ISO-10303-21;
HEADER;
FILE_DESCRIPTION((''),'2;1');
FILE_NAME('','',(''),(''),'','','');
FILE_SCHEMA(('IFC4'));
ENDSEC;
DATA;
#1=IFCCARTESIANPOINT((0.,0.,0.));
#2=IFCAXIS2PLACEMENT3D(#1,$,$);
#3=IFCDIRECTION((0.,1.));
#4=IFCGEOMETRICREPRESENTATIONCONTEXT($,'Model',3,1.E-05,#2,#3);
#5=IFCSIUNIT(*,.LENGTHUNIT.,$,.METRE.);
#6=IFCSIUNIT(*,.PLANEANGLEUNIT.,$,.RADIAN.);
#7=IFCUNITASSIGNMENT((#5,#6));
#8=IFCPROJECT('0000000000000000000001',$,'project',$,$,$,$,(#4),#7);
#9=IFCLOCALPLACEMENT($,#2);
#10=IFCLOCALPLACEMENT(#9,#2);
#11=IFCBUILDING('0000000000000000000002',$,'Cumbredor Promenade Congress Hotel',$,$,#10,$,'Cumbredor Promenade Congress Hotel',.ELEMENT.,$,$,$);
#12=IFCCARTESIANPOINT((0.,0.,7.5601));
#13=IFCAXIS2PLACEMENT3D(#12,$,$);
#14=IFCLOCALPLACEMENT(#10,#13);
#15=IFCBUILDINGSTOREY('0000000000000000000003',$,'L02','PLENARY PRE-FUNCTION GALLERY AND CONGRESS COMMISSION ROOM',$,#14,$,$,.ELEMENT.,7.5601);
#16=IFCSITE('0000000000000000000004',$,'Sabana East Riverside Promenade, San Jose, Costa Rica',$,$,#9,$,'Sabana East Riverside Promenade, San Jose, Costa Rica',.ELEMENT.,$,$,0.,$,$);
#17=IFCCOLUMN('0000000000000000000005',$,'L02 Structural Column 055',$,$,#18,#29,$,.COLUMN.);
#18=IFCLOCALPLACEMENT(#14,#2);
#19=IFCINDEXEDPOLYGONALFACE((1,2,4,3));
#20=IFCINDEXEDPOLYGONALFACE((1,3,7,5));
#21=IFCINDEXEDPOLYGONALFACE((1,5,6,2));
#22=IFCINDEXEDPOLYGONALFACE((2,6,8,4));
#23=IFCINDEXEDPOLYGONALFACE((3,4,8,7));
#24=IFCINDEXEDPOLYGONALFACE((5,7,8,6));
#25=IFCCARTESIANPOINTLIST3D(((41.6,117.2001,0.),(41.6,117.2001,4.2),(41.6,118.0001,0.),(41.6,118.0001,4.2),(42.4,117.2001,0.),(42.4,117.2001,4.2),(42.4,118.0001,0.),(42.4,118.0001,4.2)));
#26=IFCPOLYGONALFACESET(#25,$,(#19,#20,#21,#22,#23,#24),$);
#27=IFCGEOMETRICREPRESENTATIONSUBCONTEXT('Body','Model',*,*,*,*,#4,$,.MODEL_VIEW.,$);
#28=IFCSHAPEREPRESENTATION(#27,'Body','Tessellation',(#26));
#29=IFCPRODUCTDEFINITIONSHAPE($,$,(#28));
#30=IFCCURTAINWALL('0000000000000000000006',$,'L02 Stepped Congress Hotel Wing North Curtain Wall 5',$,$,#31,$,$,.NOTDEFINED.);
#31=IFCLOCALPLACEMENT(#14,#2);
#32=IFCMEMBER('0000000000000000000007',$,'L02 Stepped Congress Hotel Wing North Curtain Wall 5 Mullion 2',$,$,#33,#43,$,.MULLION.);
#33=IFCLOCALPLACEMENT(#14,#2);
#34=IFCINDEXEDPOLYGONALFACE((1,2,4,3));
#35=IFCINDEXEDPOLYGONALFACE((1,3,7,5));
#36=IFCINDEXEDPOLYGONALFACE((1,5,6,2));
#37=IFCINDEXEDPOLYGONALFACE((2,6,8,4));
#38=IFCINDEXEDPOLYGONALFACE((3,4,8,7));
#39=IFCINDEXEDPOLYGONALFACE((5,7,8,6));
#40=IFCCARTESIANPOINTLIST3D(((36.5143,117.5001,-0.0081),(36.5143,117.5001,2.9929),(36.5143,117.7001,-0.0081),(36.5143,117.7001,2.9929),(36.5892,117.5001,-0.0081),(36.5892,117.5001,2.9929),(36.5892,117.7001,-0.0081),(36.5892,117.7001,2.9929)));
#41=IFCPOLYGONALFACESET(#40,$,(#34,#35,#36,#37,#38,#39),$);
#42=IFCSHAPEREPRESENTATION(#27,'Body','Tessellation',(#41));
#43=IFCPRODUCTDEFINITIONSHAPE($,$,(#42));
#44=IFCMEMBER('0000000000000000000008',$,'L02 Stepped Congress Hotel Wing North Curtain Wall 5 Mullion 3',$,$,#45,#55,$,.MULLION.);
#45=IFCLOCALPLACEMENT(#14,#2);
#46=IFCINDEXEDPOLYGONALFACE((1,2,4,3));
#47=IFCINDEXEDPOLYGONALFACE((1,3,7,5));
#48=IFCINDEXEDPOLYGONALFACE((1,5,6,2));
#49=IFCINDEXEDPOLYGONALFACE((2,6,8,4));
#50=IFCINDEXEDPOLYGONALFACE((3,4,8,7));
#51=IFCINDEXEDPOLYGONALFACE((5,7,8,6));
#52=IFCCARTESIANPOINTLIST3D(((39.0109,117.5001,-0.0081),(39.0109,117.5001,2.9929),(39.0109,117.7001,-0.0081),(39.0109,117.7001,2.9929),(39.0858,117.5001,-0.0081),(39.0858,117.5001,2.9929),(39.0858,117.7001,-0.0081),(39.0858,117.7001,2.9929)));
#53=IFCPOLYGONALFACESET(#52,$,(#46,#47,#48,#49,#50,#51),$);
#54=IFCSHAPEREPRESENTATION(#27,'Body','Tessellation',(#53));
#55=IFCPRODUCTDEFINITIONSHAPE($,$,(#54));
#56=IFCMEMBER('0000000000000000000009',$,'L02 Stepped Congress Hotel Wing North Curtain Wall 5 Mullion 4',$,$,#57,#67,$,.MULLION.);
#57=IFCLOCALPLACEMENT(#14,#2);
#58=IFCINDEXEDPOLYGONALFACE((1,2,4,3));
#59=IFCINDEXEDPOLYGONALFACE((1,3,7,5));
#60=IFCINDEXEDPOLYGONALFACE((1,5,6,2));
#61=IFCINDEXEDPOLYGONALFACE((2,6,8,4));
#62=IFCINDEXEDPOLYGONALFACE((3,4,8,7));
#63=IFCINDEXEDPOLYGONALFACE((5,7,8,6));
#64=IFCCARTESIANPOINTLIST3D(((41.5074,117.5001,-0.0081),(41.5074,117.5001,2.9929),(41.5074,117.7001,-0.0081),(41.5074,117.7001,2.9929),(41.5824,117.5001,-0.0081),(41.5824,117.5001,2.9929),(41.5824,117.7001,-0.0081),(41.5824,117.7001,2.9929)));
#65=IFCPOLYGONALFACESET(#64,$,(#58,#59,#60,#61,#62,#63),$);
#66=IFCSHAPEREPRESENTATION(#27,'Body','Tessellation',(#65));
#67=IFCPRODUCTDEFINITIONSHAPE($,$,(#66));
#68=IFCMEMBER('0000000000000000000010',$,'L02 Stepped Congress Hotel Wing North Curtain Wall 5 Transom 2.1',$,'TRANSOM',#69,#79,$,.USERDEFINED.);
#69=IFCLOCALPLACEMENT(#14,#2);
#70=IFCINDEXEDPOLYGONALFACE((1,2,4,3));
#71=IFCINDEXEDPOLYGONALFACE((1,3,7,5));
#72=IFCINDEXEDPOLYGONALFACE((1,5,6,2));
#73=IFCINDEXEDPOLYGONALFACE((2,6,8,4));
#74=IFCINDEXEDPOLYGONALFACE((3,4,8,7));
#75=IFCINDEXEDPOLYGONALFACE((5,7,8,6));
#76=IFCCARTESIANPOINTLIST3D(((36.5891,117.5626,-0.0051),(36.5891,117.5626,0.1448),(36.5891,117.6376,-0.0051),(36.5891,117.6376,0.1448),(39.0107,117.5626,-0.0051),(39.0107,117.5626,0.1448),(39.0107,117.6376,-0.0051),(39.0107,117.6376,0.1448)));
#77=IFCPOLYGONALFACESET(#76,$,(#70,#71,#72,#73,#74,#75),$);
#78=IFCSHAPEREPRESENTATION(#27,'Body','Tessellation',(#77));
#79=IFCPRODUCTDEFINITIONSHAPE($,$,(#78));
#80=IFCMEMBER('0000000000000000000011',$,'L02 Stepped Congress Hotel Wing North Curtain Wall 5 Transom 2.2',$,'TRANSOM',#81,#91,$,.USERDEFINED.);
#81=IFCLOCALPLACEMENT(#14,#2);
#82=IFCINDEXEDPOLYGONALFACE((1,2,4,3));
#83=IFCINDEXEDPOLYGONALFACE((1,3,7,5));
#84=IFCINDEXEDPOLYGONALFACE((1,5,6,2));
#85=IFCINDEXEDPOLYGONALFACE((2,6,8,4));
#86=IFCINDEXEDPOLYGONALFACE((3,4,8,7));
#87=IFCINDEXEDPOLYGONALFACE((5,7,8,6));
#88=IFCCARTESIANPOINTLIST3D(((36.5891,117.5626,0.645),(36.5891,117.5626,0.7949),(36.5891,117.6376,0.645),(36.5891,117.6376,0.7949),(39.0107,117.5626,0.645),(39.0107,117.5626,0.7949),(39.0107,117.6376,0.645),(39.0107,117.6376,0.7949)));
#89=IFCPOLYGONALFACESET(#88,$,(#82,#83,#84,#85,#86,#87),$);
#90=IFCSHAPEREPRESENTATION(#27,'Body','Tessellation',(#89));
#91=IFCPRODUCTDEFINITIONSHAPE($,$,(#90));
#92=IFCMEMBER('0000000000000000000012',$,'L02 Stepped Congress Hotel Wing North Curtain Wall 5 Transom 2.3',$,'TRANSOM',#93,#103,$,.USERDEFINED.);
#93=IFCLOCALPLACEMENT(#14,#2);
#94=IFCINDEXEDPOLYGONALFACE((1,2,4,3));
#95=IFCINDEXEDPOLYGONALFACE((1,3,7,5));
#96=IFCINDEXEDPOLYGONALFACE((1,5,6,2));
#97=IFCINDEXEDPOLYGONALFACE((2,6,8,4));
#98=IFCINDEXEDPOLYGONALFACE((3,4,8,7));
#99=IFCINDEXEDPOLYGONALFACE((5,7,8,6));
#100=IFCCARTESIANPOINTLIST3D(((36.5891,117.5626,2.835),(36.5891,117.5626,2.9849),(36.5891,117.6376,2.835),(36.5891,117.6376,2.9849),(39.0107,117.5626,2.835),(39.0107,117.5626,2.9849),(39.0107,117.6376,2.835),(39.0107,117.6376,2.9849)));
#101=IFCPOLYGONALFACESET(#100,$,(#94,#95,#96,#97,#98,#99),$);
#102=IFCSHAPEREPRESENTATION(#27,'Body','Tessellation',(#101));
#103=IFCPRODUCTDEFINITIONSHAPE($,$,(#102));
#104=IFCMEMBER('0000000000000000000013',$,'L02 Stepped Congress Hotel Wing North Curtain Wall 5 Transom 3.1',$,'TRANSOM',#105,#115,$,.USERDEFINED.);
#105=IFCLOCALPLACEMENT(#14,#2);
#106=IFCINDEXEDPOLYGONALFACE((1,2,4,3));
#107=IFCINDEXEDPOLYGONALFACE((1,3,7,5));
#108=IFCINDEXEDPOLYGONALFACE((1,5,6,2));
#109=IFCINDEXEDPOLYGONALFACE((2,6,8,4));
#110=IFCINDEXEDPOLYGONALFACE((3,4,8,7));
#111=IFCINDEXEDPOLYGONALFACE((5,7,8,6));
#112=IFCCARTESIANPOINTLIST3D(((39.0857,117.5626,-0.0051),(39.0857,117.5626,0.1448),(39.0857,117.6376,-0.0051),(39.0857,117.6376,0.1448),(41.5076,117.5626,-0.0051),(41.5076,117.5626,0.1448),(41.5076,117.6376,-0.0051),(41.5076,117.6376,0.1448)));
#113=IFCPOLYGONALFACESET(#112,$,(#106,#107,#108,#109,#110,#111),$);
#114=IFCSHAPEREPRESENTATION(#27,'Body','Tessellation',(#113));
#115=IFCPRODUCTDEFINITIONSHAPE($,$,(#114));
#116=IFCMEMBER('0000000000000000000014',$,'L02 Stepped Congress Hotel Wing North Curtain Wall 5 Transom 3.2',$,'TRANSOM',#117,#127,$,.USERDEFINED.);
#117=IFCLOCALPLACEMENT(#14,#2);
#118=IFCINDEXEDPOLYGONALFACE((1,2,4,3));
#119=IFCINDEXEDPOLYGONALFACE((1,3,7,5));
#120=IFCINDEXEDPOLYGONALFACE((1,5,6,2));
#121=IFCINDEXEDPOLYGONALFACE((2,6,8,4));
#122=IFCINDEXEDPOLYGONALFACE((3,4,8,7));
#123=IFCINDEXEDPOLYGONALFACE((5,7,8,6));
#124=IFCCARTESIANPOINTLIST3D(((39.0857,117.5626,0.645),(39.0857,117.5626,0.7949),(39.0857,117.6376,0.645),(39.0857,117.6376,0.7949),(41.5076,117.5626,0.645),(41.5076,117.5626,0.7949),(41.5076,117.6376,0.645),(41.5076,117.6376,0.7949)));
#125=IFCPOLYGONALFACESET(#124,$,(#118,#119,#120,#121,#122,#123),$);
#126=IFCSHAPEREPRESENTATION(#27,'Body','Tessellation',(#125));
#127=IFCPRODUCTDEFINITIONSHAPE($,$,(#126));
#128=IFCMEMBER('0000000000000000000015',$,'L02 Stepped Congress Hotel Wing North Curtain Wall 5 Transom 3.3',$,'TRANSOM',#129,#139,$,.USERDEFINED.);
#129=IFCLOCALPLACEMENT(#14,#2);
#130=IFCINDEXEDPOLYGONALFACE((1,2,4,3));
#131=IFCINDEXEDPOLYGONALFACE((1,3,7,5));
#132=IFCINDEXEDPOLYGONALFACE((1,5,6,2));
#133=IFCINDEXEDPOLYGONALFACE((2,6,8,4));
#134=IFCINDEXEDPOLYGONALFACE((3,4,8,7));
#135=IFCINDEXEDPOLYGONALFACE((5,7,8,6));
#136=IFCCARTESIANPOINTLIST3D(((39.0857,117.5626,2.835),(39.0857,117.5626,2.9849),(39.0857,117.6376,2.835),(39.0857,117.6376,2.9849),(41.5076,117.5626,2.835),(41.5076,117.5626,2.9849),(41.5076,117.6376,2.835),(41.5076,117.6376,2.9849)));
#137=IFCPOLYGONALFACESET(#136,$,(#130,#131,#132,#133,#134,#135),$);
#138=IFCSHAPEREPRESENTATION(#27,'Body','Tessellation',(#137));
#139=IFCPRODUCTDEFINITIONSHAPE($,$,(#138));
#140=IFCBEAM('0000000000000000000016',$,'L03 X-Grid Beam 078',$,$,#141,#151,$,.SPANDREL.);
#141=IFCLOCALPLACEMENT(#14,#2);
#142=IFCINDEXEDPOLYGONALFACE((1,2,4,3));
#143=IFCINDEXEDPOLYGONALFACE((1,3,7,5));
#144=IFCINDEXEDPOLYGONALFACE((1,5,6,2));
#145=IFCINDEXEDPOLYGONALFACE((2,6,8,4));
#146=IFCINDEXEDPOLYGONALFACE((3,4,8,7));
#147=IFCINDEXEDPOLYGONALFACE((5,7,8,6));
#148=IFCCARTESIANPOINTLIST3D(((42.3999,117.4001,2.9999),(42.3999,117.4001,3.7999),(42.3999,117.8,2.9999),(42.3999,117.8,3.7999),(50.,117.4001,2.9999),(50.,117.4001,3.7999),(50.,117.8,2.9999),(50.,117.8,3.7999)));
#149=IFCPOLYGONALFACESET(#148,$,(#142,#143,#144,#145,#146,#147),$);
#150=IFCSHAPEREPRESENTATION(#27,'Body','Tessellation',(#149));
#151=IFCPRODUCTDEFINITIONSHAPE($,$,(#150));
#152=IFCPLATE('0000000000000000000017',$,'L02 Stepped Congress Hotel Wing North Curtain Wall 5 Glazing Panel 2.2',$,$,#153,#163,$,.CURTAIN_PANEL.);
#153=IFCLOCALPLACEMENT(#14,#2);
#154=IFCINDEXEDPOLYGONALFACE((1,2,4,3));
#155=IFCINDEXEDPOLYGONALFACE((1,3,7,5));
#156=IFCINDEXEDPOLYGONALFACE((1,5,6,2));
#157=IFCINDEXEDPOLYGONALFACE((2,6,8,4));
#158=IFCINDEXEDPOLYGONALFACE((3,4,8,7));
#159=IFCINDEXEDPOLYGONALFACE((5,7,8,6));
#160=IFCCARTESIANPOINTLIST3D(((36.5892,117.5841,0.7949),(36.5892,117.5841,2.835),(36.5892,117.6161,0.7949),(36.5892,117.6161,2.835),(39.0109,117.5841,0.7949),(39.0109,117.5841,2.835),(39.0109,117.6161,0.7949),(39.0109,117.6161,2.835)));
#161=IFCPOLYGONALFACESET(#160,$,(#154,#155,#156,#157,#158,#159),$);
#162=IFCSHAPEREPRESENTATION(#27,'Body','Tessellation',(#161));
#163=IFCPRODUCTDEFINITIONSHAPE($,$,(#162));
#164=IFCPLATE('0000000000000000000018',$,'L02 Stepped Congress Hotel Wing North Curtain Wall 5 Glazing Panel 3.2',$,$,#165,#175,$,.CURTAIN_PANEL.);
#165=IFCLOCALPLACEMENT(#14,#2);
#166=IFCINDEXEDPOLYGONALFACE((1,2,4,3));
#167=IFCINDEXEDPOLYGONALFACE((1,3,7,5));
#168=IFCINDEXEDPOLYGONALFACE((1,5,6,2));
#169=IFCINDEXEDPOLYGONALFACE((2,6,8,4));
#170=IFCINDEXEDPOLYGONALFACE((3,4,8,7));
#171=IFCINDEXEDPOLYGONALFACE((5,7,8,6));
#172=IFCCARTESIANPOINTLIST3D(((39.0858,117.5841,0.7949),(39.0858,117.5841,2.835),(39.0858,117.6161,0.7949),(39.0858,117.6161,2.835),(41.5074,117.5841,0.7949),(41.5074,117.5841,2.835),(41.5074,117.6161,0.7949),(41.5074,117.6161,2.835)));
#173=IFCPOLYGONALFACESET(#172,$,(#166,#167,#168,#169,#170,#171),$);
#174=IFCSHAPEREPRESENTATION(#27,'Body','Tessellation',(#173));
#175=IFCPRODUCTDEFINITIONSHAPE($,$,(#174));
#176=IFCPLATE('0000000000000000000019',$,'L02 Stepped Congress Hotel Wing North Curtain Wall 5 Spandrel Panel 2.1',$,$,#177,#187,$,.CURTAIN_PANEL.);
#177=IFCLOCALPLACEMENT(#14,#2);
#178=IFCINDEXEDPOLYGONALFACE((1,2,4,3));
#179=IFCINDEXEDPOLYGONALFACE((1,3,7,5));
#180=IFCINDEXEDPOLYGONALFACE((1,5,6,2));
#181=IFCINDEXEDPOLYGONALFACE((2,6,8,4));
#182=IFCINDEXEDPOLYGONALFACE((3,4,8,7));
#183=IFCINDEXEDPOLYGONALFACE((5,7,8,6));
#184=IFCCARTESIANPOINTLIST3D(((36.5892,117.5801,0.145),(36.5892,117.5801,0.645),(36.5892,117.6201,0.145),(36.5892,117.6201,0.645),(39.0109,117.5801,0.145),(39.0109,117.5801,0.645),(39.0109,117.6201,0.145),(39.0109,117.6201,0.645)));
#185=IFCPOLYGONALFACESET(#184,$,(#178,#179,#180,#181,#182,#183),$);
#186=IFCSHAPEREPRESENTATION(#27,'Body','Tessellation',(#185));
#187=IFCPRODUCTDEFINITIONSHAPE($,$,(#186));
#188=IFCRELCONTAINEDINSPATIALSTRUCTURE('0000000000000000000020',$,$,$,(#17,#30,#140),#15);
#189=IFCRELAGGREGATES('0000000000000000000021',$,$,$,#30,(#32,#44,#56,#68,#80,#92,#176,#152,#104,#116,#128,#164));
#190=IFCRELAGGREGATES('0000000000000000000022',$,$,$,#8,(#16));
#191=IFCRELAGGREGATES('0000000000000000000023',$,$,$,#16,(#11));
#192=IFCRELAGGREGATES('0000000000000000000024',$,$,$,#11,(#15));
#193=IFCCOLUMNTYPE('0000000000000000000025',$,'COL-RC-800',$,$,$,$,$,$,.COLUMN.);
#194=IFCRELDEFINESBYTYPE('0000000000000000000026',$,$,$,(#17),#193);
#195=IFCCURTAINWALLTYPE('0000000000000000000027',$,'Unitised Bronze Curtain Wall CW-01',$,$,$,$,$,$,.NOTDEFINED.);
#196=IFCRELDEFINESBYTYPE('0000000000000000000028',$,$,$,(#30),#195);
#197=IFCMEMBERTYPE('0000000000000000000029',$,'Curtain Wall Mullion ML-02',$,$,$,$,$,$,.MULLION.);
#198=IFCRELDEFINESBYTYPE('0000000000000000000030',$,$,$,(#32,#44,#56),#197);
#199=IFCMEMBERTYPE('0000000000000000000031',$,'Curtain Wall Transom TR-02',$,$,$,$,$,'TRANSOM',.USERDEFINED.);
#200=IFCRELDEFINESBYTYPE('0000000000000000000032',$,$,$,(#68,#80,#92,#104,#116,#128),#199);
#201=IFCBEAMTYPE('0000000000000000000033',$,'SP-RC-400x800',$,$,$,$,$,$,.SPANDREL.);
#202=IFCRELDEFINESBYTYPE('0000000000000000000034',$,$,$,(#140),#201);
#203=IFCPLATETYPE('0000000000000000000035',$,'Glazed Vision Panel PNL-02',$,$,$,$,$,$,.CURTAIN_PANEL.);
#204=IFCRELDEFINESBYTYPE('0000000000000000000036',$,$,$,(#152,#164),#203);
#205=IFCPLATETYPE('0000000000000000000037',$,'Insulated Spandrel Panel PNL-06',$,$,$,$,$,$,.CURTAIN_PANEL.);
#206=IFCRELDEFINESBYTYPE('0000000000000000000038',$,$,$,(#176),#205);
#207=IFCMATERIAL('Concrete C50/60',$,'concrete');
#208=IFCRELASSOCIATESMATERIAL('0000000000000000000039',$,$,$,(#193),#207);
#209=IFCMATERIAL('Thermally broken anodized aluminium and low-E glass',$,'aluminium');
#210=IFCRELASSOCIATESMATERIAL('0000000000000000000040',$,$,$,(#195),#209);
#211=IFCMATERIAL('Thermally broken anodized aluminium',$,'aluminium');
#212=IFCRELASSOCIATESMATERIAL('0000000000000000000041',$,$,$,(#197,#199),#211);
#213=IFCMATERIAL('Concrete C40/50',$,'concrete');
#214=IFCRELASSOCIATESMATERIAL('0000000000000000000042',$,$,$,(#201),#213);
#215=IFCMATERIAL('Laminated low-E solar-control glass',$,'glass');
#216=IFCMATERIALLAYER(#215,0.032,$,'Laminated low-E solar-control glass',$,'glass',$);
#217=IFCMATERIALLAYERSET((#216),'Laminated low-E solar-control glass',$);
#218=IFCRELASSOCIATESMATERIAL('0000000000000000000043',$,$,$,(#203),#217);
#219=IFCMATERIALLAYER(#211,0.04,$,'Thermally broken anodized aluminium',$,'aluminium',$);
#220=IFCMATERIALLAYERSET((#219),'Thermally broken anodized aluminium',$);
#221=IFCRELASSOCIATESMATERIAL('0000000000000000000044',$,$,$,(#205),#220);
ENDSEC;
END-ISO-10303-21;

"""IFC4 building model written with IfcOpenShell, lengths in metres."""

from ifc_helpers import new_model, si_unit, direction, frame, origin, origin_2d, place, context, subcontext, project, spatial, rectangle, extrude, material, layer, layer_set, material_profile, profile_set, type_object, element, aggregate, save


model = new_model("IFC4")

# Units and contexts
model_context = context("Model", 3, precision=1e-05, world=origin(), true_north=direction((0.0, 1.0)))
body_context = subcontext(model_context, "Body", "Model", "MODEL_VIEW")
ifc_project = project(units=[si_unit("LENGTHUNIT", "METRE"), si_unit("PLANEANGLEUNIT", "RADIAN")], contexts=[model_context])

# Site, building, storey
site_placement = place(None, origin())
site = spatial("IfcSite", under=ifc_project, at=site_placement, Name="Sabana East Riverside Promenade, San Jose, Costa Rica", LongName="Sabana East Riverside Promenade, San Jose, Costa Rica", CompositionType="ELEMENT", RefElevation=0.0)
building_placement = place(site_placement, origin())
building = spatial("IfcBuilding", under=site, at=building_placement, Name="Cumbredor Promenade Congress Hotel", LongName="Cumbredor Promenade Congress Hotel", CompositionType="ELEMENT")
storey_placement = place(building_placement, frame((0.0, 0.0, 7.5601)))
storey = spatial("IfcBuildingStorey", under=building, at=storey_placement, Name="L02", Description="PLENARY PRE-FUNCTION GALLERY AND CONGRESS COMMISSION ROOM", CompositionType="ELEMENT", Elevation=7.5601)

# Column
ifc_material_1 = material(Name="Concrete C50/60", Category="concrete")
ifc_material_profile_1 = material_profile(ifc_material_1, rectangle(XDim=0.8, YDim=0.8, at=origin_2d()), Name="RC 800x800")
ifc_profile_set_1 = profile_set([ifc_material_profile_1], Name="Concrete C50/60")
column_type = type_object("IfcColumnType", Name="COL-RC-800", PredefinedType="COLUMN", material=ifc_profile_set_1)
column_placement = place(storey_placement, frame((42.0, 117.6001, 0.0), z_axis=(0.0, 0.0, 1.0), x_axis=(1.0, 0.0, 0.0)))
element("IfcColumn", 1, at=column_placement, inside=storey, type_object=column_type, Name="L02 Structural Column 055", PredefinedType="COLUMN", context=body_context, shape_type="SweptSolid", body=[
    extrude(rectangle(XDim=0.8, YDim=0.8, at=origin_2d()), origin(), (0.0, 0.0, 1.0), 4.2),
])

# Curtain wall, members
ifc_material_2 = material(Name="Thermally broken anodized aluminium and low-E glass", Category="aluminium")
curtain_wall_type = type_object("IfcCurtainWallType", Name="Unitised Bronze Curtain Wall CW-01", PredefinedType="NOTDEFINED", material=ifc_material_2)
curtain_wall_placement = place(storey_placement, origin())
curtain_wall = element("IfcCurtainWall", 2, at=curtain_wall_placement, inside=storey, type_object=curtain_wall_type, Name="L02 Stepped Congress Hotel Wing North Curtain Wall 5", PredefinedType="NOTDEFINED")
ifc_material_3 = material(Name="Thermally broken anodized aluminium", Category="aluminium")
ifc_material_profile_2 = material_profile(ifc_material_3, rectangle(XDim=0.075, YDim=0.2, at=origin_2d()), Name="ALU MULLION 75x200")
ifc_profile_set_2 = profile_set([ifc_material_profile_2], Name="Thermally broken anodized aluminium")
member_type_1 = type_object("IfcMemberType", Name="Curtain Wall Mullion ML-02", PredefinedType="MULLION", material=ifc_profile_set_2)
member_1_placement = place(storey_placement, frame((36.5518, 117.6001, -0.0081), z_axis=(0.0, 0.0, 1.0), x_axis=(1.0, 0.0, 0.0)))
member_1 = element("IfcMember", 3, at=member_1_placement, type_object=member_type_1, Name="L02 Stepped Congress Hotel Wing North Curtain Wall 5 Mullion 2", PredefinedType="MULLION", context=body_context, shape_type="SweptSolid", body=[
    extrude(rectangle(XDim=0.075, YDim=0.2, at=origin_2d()), origin(), (0.0, 0.0, 1.0), 3.001),
])
member_2_placement = place(storey_placement, frame((39.0483, 117.6001, -0.0081), z_axis=(0.0, 0.0, 1.0), x_axis=(1.0, 0.0, 0.0)))
member_2 = element("IfcMember", 4, at=member_2_placement, type_object=member_type_1, Name="L02 Stepped Congress Hotel Wing North Curtain Wall 5 Mullion 3", PredefinedType="MULLION", context=body_context, shape_type="SweptSolid", body=[
    extrude(rectangle(XDim=0.075, YDim=0.2, at=origin_2d()), origin(), (0.0, 0.0, 1.0), 3.001),
])
member_3_placement = place(storey_placement, frame((41.5449, 117.6001, -0.0081), z_axis=(0.0, 0.0, 1.0), x_axis=(1.0, 0.0, 0.0)))
member_3 = element("IfcMember", 5, at=member_3_placement, type_object=member_type_1, Name="L02 Stepped Congress Hotel Wing North Curtain Wall 5 Mullion 4", PredefinedType="MULLION", context=body_context, shape_type="SweptSolid", body=[
    extrude(rectangle(XDim=0.075, YDim=0.2, at=origin_2d()), origin(), (0.0, 0.0, 1.0), 3.001),
])
ifc_material_profile_3 = material_profile(ifc_material_3, rectangle(XDim=0.075, YDim=0.1499, at=origin_2d()), Name="ALU TRANSOM 75x150")
ifc_profile_set_3 = profile_set([ifc_material_profile_3], Name="Thermally broken anodized aluminium")
member_type_2 = type_object("IfcMemberType", Name="Curtain Wall Transom TR-02", ElementType="TRANSOM", PredefinedType="USERDEFINED", material=ifc_profile_set_3)
member_4_placement = place(storey_placement, frame((36.5891, 117.6001, 0.0698), z_axis=(1.0, 0.0, 0.0), x_axis=(0.0, 1.0, 0.0)))
member_4 = element("IfcMember", 6, at=member_4_placement, type_object=member_type_2, Name="L02 Stepped Congress Hotel Wing North Curtain Wall 5 Transom 2.1", ObjectType="TRANSOM", PredefinedType="USERDEFINED", context=body_context, shape_type="SweptSolid", body=[
    extrude(rectangle(XDim=0.075, YDim=0.1499, at=origin_2d()), origin(), (0.0, 0.0, 1.0), 2.4216),
])
member_5_placement = place(storey_placement, frame((36.5891, 117.6001, 0.72), z_axis=(1.0, 0.0, 0.0), x_axis=(0.0, 1.0, 0.0)))
member_5 = element("IfcMember", 7, at=member_5_placement, type_object=member_type_2, Name="L02 Stepped Congress Hotel Wing North Curtain Wall 5 Transom 2.2", ObjectType="TRANSOM", PredefinedType="USERDEFINED", context=body_context, shape_type="SweptSolid", body=[
    extrude(rectangle(XDim=0.075, YDim=0.1499, at=origin_2d()), origin(), (0.0, 0.0, 1.0), 2.4216),
])
member_6_placement = place(storey_placement, frame((36.5891, 117.6001, 2.9099), z_axis=(1.0, 0.0, 0.0), x_axis=(0.0, 1.0, 0.0)))
member_6 = element("IfcMember", 8, at=member_6_placement, type_object=member_type_2, Name="L02 Stepped Congress Hotel Wing North Curtain Wall 5 Transom 2.3", ObjectType="TRANSOM", PredefinedType="USERDEFINED", context=body_context, shape_type="SweptSolid", body=[
    extrude(rectangle(XDim=0.075, YDim=0.1499, at=origin_2d()), origin(), (0.0, 0.0, 1.0), 2.4216),
])
member_7_placement = place(storey_placement, frame((39.0857, 117.6001, 0.0698), z_axis=(1.0, 0.0, 0.0), x_axis=(0.0, 1.0, 0.0)))
member_7 = element("IfcMember", 9, at=member_7_placement, type_object=member_type_2, Name="L02 Stepped Congress Hotel Wing North Curtain Wall 5 Transom 3.1", ObjectType="TRANSOM", PredefinedType="USERDEFINED", context=body_context, shape_type="SweptSolid", body=[
    extrude(rectangle(XDim=0.075, YDim=0.1499, at=origin_2d()), origin(), (0.0, 0.0, 1.0), 2.4219),
])
member_8_placement = place(storey_placement, frame((39.0857, 117.6001, 0.72), z_axis=(1.0, 0.0, 0.0), x_axis=(0.0, 1.0, 0.0)))
member_8 = element("IfcMember", 10, at=member_8_placement, type_object=member_type_2, Name="L02 Stepped Congress Hotel Wing North Curtain Wall 5 Transom 3.2", ObjectType="TRANSOM", PredefinedType="USERDEFINED", context=body_context, shape_type="SweptSolid", body=[
    extrude(rectangle(XDim=0.075, YDim=0.1499, at=origin_2d()), origin(), (0.0, 0.0, 1.0), 2.4219),
])
member_9_placement = place(storey_placement, frame((39.0857, 117.6001, 2.9099), z_axis=(1.0, 0.0, 0.0), x_axis=(0.0, 1.0, 0.0)))
member_9 = element("IfcMember", 11, at=member_9_placement, type_object=member_type_2, Name="L02 Stepped Congress Hotel Wing North Curtain Wall 5 Transom 3.3", ObjectType="TRANSOM", PredefinedType="USERDEFINED", context=body_context, shape_type="SweptSolid", body=[
    extrude(rectangle(XDim=0.075, YDim=0.1499, at=origin_2d()), origin(), (0.0, 0.0, 1.0), 2.4219),
])

# Beam
ifc_material_4 = material(Name="Concrete C40/50", Category="concrete")
ifc_material_profile_4 = material_profile(ifc_material_4, rectangle(XDim=0.3999, YDim=0.8, at=origin_2d()), Name="RC SPANDREL 400x800")
ifc_profile_set_4 = profile_set([ifc_material_profile_4], Name="Concrete C40/50")
beam_type = type_object("IfcBeamType", Name="SP-RC-400x800", PredefinedType="SPANDREL", material=ifc_profile_set_4)
beam_placement = place(storey_placement, frame((42.3999, 117.6001, 3.3999), z_axis=(1.0, 0.0, 0.0), x_axis=(0.0, 1.0, 0.0)))
element("IfcBeam", 12, at=beam_placement, inside=storey, type_object=beam_type, Name="L03 X-Grid Beam 078", PredefinedType="SPANDREL", context=body_context, shape_type="SweptSolid", body=[
    extrude(rectangle(XDim=0.3999, YDim=0.8, at=origin_2d()), origin(), (0.0, 0.0, 1.0), 7.6001),
])

# Plates
ifc_material_5 = material(Name="Laminated low-E solar-control glass", Category="glass")
ifc_layer_1 = layer(ifc_material_5, 0.032, Name="Laminated low-E solar-control glass", Category="glass")
ifc_layer_set_1 = layer_set([ifc_layer_1], Name="Laminated low-E solar-control glass")
plate_type_1 = type_object("IfcPlateType", Name="Glazed Vision Panel PNL-02", PredefinedType="CURTAIN_PANEL", material=ifc_layer_set_1)
plate_1_placement = place(storey_placement, frame((37.8, 117.6001, 0.7949), z_axis=(0.0, 0.0, 1.0), x_axis=(1.0, 0.0, 0.0)))
plate_1 = element("IfcPlate", 13, at=plate_1_placement, type_object=plate_type_1, Name="L02 Stepped Congress Hotel Wing North Curtain Wall 5 Glazing Panel 2.2", PredefinedType="CURTAIN_PANEL", context=body_context, shape_type="SweptSolid", body=[
    extrude(rectangle(XDim=2.4216, YDim=0.032, at=origin_2d()), origin(), (0.0, 0.0, 1.0), 2.04),
])
plate_2_placement = place(storey_placement, frame((40.2966, 117.6001, 0.7949), z_axis=(0.0, 0.0, 1.0), x_axis=(1.0, 0.0, 0.0)))
plate_2 = element("IfcPlate", 14, at=plate_2_placement, type_object=plate_type_1, Name="L02 Stepped Congress Hotel Wing North Curtain Wall 5 Glazing Panel 3.2", PredefinedType="CURTAIN_PANEL", context=body_context, shape_type="SweptSolid", body=[
    extrude(rectangle(XDim=2.4216, YDim=0.032, at=origin_2d()), origin(), (0.0, 0.0, 1.0), 2.04),
])
ifc_layer_2 = layer(ifc_material_3, 0.04, Name="Thermally broken anodized aluminium", Category="aluminium")
ifc_layer_set_2 = layer_set([ifc_layer_2], Name="Thermally broken anodized aluminium")
plate_type_2 = type_object("IfcPlateType", Name="Insulated Spandrel Panel PNL-06", PredefinedType="CURTAIN_PANEL", material=ifc_layer_set_2)
plate_3_placement = place(storey_placement, frame((37.8, 117.6001, 0.145), z_axis=(0.0, 0.0, 1.0), x_axis=(1.0, 0.0, 0.0)))
plate_3 = element("IfcPlate", 15, at=plate_3_placement, type_object=plate_type_2, Name="L02 Stepped Congress Hotel Wing North Curtain Wall 5 Spandrel Panel 2.1", PredefinedType="CURTAIN_PANEL", context=body_context, shape_type="SweptSolid", body=[
    extrude(rectangle(XDim=2.4216, YDim=0.04, at=origin_2d()), origin(), (0.0, 0.0, 1.0), 0.5),
])
aggregate(curtain_wall, [member_1, member_2, member_3, member_4, member_5, member_6, plate_3, plate_1, member_7, member_8, member_9, plate_2])

save(model, "model.ifc")
